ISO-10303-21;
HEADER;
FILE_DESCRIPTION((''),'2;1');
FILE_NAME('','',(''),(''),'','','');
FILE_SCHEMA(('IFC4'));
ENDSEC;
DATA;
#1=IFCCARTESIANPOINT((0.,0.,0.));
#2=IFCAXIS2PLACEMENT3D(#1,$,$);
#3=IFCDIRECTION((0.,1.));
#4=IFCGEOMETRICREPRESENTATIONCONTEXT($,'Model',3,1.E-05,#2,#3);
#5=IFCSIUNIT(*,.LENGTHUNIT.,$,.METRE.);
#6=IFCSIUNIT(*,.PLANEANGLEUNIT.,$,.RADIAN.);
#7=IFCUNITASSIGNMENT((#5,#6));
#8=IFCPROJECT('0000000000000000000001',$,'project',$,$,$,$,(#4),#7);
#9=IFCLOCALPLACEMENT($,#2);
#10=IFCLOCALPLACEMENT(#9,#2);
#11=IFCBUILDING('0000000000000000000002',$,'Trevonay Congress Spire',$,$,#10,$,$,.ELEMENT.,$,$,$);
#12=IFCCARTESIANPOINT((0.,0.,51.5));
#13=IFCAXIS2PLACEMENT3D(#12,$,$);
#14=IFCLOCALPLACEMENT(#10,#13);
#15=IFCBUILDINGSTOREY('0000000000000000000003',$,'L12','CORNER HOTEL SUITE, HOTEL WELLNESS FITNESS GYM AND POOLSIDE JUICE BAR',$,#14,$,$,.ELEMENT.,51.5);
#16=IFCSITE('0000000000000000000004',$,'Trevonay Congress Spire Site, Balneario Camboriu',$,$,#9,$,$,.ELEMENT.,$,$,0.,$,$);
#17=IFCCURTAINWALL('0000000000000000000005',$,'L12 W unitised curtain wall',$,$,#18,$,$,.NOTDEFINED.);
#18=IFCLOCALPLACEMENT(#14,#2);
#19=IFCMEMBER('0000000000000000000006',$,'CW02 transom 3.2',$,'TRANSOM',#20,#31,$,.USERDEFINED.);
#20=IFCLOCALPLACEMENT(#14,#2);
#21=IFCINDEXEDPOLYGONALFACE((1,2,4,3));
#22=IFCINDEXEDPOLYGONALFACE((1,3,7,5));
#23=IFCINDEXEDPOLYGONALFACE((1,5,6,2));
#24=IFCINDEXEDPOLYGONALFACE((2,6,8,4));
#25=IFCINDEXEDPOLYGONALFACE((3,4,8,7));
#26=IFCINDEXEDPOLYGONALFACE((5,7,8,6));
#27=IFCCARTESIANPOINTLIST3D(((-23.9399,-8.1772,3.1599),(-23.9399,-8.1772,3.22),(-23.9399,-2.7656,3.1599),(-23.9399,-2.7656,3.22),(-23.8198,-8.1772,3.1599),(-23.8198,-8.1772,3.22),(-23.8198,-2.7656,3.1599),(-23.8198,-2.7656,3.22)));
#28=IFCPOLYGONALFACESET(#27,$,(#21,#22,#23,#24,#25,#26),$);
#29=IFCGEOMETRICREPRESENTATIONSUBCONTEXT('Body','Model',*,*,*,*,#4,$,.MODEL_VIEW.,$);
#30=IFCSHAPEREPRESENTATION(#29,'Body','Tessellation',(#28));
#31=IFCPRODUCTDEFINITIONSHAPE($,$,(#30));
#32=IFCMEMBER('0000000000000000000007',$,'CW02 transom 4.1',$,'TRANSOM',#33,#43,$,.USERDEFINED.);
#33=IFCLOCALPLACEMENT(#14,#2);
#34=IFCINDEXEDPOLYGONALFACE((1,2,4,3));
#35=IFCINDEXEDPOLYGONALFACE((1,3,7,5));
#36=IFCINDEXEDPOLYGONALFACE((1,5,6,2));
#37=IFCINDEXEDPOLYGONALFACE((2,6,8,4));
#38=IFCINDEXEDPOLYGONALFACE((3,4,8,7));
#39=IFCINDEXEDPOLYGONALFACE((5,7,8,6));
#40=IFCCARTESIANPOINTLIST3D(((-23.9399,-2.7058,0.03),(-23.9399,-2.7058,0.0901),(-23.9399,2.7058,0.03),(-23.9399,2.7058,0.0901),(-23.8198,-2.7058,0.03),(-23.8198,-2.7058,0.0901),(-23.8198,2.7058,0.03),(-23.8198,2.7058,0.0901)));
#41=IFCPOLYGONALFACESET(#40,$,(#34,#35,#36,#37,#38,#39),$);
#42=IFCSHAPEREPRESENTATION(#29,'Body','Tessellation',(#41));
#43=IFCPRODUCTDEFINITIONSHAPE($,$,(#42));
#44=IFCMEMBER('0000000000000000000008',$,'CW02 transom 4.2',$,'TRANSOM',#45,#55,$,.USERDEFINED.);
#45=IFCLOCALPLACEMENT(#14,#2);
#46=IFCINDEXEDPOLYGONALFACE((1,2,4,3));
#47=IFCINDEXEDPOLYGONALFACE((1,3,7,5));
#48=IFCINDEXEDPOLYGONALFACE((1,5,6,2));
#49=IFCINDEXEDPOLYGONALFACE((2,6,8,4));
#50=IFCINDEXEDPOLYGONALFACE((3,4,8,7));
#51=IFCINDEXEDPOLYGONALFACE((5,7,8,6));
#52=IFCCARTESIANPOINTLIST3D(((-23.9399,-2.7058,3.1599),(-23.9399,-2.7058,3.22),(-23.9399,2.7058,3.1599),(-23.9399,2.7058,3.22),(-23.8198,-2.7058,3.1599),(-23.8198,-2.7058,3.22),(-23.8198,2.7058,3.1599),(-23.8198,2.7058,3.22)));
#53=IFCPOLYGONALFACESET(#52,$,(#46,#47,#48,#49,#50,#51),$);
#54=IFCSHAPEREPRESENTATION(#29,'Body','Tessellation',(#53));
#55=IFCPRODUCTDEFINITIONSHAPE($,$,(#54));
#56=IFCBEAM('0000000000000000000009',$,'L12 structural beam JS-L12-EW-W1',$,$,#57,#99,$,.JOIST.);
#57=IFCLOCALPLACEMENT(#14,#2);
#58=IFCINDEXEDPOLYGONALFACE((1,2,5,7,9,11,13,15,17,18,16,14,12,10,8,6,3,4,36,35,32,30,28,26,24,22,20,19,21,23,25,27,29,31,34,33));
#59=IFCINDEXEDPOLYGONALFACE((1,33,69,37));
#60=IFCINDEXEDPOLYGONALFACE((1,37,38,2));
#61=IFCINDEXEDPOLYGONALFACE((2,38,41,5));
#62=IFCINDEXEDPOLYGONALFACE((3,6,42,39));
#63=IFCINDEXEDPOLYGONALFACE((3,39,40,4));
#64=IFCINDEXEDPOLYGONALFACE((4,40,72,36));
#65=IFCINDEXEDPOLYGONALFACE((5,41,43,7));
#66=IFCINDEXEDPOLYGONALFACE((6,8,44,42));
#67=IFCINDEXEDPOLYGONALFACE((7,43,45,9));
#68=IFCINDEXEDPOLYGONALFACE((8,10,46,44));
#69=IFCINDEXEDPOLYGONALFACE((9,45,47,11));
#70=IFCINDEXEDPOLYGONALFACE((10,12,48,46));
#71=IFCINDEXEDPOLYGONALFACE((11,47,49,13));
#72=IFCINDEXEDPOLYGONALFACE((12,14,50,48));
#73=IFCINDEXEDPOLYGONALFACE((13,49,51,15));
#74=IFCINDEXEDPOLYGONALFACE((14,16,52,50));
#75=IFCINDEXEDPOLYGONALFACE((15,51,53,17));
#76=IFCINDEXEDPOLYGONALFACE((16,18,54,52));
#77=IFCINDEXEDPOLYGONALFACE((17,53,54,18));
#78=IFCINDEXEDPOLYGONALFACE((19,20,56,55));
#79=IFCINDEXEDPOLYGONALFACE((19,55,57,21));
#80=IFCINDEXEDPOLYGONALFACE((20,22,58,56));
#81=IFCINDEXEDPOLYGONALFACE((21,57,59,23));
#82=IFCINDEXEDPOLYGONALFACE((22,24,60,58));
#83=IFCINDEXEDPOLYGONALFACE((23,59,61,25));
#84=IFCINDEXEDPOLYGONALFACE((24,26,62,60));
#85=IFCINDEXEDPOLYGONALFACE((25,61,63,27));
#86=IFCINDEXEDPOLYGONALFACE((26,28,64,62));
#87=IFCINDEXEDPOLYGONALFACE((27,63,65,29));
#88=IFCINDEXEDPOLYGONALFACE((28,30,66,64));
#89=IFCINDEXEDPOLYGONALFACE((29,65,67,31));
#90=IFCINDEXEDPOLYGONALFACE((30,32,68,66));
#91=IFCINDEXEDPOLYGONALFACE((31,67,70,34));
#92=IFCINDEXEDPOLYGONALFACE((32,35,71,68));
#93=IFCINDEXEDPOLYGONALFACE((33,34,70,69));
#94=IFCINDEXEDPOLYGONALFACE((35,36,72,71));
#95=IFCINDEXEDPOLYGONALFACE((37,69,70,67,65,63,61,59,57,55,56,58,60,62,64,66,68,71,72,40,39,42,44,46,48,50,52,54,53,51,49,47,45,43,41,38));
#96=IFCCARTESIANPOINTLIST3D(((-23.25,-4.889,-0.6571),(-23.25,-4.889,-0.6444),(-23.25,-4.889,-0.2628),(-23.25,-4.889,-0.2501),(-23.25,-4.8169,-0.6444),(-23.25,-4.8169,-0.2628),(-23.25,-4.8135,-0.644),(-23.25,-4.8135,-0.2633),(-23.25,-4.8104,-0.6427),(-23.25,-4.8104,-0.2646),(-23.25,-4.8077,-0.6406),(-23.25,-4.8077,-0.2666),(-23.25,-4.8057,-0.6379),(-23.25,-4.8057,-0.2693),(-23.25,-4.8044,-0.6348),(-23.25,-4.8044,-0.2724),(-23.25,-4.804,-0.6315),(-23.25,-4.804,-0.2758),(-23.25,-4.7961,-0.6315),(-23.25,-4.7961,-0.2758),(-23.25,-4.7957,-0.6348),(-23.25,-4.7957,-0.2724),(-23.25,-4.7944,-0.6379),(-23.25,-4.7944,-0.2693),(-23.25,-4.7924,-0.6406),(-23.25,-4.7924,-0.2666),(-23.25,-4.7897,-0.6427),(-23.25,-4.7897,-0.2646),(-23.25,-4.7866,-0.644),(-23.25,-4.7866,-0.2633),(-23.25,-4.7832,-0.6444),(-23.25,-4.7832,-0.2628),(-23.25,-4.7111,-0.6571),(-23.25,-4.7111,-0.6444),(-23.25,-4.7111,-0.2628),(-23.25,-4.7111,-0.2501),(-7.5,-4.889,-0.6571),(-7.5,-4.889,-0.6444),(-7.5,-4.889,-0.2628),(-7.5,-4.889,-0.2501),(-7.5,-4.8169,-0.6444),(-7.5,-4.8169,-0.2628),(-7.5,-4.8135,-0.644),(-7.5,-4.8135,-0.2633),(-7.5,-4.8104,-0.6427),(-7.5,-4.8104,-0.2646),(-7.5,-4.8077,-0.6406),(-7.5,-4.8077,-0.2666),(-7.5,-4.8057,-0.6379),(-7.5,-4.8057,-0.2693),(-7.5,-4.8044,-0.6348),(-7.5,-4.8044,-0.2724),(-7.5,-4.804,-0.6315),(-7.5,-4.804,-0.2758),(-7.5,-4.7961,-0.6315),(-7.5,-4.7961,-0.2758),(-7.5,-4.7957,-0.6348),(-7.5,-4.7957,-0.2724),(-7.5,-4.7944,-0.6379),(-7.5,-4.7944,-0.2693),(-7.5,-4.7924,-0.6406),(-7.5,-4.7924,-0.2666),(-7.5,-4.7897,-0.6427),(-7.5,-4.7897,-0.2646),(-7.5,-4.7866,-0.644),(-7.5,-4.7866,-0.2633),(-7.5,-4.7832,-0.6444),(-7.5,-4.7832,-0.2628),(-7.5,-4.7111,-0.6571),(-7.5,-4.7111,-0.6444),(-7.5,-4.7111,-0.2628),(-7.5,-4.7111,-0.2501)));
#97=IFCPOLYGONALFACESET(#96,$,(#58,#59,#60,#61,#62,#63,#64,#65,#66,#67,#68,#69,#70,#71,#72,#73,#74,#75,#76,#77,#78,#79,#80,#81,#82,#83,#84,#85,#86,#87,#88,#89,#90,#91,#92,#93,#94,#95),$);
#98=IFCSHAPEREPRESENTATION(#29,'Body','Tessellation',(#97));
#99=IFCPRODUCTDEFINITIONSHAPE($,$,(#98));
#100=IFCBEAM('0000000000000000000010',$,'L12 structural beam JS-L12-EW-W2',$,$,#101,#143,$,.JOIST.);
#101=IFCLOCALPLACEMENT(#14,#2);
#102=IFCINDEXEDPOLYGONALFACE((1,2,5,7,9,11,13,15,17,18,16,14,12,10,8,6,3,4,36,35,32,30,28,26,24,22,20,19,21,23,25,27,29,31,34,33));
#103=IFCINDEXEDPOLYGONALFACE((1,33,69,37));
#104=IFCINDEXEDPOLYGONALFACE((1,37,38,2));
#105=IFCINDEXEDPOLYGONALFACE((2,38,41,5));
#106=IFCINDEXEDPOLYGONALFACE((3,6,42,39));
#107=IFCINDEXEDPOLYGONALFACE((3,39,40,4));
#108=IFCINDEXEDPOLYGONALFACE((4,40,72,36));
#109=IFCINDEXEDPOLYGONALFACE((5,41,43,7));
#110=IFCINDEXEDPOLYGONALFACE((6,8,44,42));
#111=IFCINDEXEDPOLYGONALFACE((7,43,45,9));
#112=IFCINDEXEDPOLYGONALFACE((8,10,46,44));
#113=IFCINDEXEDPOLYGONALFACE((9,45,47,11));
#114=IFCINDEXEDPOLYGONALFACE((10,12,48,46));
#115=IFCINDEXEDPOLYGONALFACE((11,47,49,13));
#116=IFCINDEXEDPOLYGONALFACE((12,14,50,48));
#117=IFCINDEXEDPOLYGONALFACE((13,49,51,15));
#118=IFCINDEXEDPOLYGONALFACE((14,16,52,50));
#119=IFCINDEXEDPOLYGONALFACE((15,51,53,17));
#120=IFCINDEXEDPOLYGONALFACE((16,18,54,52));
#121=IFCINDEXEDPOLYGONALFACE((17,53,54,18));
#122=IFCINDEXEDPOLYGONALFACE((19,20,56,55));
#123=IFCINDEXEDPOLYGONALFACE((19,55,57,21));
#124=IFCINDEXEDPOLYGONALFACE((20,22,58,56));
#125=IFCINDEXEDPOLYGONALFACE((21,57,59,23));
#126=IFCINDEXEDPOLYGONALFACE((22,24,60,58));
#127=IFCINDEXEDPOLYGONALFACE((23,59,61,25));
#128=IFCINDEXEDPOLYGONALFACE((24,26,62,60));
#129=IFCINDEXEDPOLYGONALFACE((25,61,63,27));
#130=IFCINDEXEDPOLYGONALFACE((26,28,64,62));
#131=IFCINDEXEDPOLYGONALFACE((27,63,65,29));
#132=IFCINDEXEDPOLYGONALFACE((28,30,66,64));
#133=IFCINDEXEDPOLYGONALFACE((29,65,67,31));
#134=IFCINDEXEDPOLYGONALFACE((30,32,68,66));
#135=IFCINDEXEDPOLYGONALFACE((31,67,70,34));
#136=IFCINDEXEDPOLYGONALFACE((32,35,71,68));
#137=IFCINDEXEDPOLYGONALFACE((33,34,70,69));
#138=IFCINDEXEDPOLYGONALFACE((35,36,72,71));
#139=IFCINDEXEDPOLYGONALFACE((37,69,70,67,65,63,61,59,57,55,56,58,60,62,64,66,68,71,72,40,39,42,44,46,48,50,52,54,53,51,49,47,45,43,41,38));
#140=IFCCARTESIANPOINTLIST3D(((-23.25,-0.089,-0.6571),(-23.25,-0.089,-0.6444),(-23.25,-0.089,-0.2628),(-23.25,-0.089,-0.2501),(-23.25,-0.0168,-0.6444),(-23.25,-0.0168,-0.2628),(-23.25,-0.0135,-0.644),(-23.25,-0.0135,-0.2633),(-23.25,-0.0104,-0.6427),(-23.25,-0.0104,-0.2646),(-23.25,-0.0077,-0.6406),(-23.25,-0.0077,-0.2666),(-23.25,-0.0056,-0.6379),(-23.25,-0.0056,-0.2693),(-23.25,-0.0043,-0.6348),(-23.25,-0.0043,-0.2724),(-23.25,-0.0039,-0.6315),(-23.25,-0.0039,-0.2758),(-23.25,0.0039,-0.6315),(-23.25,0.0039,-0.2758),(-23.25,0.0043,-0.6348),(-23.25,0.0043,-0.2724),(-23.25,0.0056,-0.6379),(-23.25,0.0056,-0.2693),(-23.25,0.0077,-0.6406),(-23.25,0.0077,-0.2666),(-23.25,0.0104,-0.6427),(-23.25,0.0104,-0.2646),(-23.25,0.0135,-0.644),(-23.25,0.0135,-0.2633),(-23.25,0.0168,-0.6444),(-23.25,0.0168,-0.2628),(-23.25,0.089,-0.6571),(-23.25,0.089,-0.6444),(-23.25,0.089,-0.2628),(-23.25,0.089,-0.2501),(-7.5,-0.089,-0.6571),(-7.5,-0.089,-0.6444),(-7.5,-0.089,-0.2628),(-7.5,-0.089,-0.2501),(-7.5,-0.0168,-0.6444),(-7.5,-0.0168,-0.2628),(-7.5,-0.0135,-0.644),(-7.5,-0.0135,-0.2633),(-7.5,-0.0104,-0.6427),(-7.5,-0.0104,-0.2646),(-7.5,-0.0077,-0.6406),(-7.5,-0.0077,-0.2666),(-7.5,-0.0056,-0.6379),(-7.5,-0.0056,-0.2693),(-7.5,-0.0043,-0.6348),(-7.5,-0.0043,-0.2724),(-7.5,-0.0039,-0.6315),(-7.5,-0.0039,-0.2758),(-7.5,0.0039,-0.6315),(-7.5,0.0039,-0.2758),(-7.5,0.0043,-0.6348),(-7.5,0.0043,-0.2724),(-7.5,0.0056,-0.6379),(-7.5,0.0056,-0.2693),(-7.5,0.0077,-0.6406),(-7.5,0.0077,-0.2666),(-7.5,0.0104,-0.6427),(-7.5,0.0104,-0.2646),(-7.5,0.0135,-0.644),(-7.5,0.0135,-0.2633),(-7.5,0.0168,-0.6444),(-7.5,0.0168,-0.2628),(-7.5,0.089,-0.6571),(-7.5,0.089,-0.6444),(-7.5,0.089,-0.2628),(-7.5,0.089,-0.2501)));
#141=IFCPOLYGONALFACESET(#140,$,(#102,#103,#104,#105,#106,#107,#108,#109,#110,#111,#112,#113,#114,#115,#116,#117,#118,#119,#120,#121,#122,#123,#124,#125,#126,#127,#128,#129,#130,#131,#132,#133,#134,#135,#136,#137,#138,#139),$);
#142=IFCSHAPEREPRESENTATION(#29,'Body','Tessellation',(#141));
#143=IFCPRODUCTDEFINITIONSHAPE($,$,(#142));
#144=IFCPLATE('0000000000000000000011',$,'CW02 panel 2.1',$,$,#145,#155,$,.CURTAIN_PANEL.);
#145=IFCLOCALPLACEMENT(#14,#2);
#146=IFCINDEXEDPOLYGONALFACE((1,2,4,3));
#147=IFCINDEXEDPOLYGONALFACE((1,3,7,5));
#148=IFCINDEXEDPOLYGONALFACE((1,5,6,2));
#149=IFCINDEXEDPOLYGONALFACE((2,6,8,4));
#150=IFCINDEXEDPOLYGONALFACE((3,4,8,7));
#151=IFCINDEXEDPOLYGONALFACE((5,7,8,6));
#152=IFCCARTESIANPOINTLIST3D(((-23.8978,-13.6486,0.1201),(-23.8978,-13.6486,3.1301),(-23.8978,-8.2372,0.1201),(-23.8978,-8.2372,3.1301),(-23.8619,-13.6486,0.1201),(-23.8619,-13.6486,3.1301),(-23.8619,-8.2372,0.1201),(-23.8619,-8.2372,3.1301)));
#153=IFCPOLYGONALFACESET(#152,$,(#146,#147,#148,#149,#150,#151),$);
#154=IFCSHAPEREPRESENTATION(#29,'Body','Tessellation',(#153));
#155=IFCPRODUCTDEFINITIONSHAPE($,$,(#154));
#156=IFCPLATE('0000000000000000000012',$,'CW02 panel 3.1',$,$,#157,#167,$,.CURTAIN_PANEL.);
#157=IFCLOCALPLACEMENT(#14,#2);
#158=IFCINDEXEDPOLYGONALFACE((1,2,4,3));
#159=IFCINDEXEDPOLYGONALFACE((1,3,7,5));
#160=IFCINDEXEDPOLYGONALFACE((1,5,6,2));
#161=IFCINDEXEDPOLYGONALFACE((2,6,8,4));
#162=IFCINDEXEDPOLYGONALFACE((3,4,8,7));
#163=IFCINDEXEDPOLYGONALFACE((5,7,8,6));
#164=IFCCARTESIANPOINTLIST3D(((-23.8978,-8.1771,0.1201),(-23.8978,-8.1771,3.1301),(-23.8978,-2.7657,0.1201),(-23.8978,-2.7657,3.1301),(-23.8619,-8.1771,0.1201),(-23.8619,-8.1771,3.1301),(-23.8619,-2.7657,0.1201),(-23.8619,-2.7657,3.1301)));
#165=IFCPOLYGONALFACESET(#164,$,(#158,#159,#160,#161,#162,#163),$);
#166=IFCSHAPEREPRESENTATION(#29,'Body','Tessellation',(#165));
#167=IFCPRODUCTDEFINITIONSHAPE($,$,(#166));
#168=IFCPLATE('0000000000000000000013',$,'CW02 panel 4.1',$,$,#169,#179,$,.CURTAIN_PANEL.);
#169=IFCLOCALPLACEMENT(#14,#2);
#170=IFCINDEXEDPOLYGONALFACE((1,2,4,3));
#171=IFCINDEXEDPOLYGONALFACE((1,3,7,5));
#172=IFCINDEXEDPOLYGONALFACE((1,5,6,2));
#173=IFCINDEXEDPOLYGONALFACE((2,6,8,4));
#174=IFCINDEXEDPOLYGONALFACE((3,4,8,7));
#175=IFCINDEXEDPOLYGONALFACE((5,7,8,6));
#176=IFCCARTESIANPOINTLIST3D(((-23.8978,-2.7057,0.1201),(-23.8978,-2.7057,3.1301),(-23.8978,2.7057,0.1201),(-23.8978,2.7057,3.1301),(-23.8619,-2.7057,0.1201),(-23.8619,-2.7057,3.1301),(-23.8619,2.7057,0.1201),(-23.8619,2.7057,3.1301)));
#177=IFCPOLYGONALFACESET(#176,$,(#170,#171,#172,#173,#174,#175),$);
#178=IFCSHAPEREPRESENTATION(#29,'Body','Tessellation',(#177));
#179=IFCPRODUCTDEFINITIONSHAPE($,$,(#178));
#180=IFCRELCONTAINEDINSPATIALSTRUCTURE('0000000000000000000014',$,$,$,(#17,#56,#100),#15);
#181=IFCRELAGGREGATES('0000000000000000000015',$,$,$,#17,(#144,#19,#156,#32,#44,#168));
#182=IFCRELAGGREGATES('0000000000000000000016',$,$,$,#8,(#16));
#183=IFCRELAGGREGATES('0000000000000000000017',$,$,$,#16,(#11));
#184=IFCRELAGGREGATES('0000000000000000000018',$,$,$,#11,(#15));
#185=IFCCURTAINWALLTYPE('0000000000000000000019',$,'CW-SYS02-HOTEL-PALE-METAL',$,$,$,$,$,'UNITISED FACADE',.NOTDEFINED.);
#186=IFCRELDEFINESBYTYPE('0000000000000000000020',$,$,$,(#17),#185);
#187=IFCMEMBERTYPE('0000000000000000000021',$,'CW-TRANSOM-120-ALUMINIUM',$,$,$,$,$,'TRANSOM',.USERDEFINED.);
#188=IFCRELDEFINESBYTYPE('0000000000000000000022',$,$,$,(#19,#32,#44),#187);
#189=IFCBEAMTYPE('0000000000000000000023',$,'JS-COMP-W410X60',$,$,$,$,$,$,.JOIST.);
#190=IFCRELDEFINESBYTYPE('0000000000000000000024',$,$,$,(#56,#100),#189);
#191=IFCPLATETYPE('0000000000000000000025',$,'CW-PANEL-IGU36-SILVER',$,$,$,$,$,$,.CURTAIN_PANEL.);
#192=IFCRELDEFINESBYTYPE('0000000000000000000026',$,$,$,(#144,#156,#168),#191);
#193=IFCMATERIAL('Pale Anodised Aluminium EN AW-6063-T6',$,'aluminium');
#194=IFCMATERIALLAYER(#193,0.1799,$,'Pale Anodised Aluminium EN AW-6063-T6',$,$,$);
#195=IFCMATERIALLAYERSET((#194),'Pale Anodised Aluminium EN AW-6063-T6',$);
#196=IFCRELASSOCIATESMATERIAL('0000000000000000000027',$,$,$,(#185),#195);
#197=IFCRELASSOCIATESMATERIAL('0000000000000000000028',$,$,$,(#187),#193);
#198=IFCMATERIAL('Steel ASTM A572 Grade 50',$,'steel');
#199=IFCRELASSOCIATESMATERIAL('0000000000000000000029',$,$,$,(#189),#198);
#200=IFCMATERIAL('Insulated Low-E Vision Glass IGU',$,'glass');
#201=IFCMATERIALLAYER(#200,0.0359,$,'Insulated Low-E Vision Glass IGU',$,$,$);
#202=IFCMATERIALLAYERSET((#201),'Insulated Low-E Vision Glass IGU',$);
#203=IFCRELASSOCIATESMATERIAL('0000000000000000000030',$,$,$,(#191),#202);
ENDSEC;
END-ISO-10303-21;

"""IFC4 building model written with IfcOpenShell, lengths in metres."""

from ifc_helpers import new_model, si_unit, direction, frame, origin, origin_2d, place, context, subcontext, project, spatial, rectangle, i_section, extrude, material, layer, layer_set, material_profile, profile_set, type_object, element, aggregate, save


model = new_model("IFC4")

# Units and contexts
model_context = context("Model", 3, precision=1e-05, world=origin(), true_north=direction((0.0, 1.0)))
body_context = subcontext(model_context, "Body", "Model", "MODEL_VIEW")
ifc_project = project(units=[si_unit("LENGTHUNIT", "METRE"), si_unit("PLANEANGLEUNIT", "RADIAN")], contexts=[model_context])

# Site, building, storey
site_placement = place(None, origin())
site = spatial("IfcSite", under=ifc_project, at=site_placement, Name="Trevonay Congress Spire Site, Balneario Camboriu", CompositionType="ELEMENT", RefElevation=0.0)
building_placement = place(site_placement, origin())
building = spatial("IfcBuilding", under=site, at=building_placement, Name="Trevonay Congress Spire", CompositionType="ELEMENT")
storey_placement = place(building_placement, frame((0.0, 0.0, 51.5)))
storey = spatial("IfcBuildingStorey", under=building, at=storey_placement, Name="L12", Description="CORNER HOTEL SUITE, HOTEL WELLNESS FITNESS GYM AND POOLSIDE JUICE BAR", CompositionType="ELEMENT", Elevation=51.5)

# Shared definitions
ifc_material_1 = material(Name="Steel ASTM A572 Grade 50", Category="steel")

# Curtain wall, members
ifc_material_2 = material(Name="Pale Anodised Aluminium EN AW-6063-T6", Category="aluminium")
ifc_layer_1 = layer(ifc_material_2, 0.1799, Name="Pale Anodised Aluminium EN AW-6063-T6")
ifc_layer_set_1 = layer_set([ifc_layer_1], Name="Pale Anodised Aluminium EN AW-6063-T6")
curtain_wall_type = type_object("IfcCurtainWallType", Name="CW-SYS02-HOTEL-PALE-METAL", ElementType="UNITISED FACADE", PredefinedType="NOTDEFINED", material=ifc_layer_set_1)
curtain_wall_placement = place(storey_placement, origin())
curtain_wall = element("IfcCurtainWall", 1, at=curtain_wall_placement, inside=storey, type_object=curtain_wall_type, Name="L12 W unitised curtain wall", PredefinedType="NOTDEFINED")
ifc_material_profile_1 = material_profile(ifc_material_2, rectangle(XDim=0.1201, YDim=0.0601, at=origin_2d()), Name="CW-TRANSOM-120-ALUMINIUM")
ifc_profile_set_1 = profile_set([ifc_material_profile_1], Name="Pale Anodised Aluminium EN AW-6063-T6")
member_type_1 = type_object("IfcMemberType", Name="CW-TRANSOM-120-ALUMINIUM", ElementType="TRANSOM", PredefinedType="USERDEFINED", material=ifc_profile_set_1)
member_1_placement = place(storey_placement, frame((-23.8799, -8.1772, 3.1899), z_axis=(0.0, 1.0, 0.0), x_axis=(-1.0, 0.0, 0.0)))
member_1 = element("IfcMember", 2, at=member_1_placement, type_object=member_type_1, Name="CW02 transom 3.2", ObjectType="TRANSOM", PredefinedType="USERDEFINED", context=body_context, shape_type="SweptSolid", body=[
    extrude(rectangle(XDim=0.1201, YDim=0.0601, at=origin_2d()), origin(), (0.0, 0.0, 1.0), 5.4116),
])
member_2_placement = place(storey_placement, frame((-23.8799, -2.7058, 0.0601), z_axis=(0.0, 1.0, 0.0), x_axis=(-1.0, 0.0, 0.0)))
member_2 = element("IfcMember", 3, at=member_2_placement, type_object=member_type_1, Name="CW02 transom 4.1", ObjectType="TRANSOM", PredefinedType="USERDEFINED", context=body_context, shape_type="SweptSolid", body=[
    extrude(rectangle(XDim=0.1201, YDim=0.0601, at=origin_2d()), origin(), (0.0, 0.0, 1.0), 5.4116),
])
member_3_placement = place(storey_placement, frame((-23.8799, -2.7058, 3.1899), z_axis=(0.0, 1.0, 0.0), x_axis=(-1.0, 0.0, 0.0)))
member_3 = element("IfcMember", 4, at=member_3_placement, type_object=member_type_1, Name="CW02 transom 4.2", ObjectType="TRANSOM", PredefinedType="USERDEFINED", context=body_context, shape_type="SweptSolid", body=[
    extrude(rectangle(XDim=0.1201, YDim=0.0601, at=origin_2d()), origin(), (0.0, 0.0, 1.0), 5.4116),
])

# Beams
ifc_material_profile_2 = material_profile(ifc_material_1, i_section(OverallWidth=0.178, OverallDepth=0.407, WebThickness=0.0078, FlangeThickness=0.0127, FilletRadius=0.0129, at=origin_2d()), Name="W410x60")
ifc_profile_set_2 = profile_set([ifc_material_profile_2], Name="Steel ASTM A572 Grade 50")
beam_type_1 = type_object("IfcBeamType", Name="JS-COMP-W410X60", PredefinedType="JOIST", material=ifc_profile_set_2)
for number, where, z_axis, x_axis, name in (
    (5, (-23.25, -4.8, -0.4536), (1.0, 0.0, 0.0), (0.0, 1.0, 0.0), "L12 structural beam JS-L12-EW-W1"),
    (6, (-23.25, 0.0, -0.4536), (1.0, 0.0, 0.0), (0.0, 1.0, 0.0), "L12 structural beam JS-L12-EW-W2"),
):
    element("IfcBeam", number, at=place(storey_placement, frame(where, z_axis=z_axis, x_axis=x_axis)), inside=storey, type_object=beam_type_1, Name=name, PredefinedType="JOIST", context=body_context, shape_type="SweptSolid", body=[
        extrude(i_section(OverallWidth=0.178, OverallDepth=0.407, WebThickness=0.0078, FlangeThickness=0.0127, FilletRadius=0.0129, at=origin_2d()), origin(), (0.0, 0.0, 1.0), 15.75),
    ])

# Plates
ifc_material_3 = material(Name="Insulated Low-E Vision Glass IGU", Category="glass")
ifc_layer_2 = layer(ifc_material_3, 0.0359, Name="Insulated Low-E Vision Glass IGU")
ifc_layer_set_2 = layer_set([ifc_layer_2], Name="Insulated Low-E Vision Glass IGU")
plate_type = type_object("IfcPlateType", Name="CW-PANEL-IGU36-SILVER", PredefinedType="CURTAIN_PANEL", material=ifc_layer_set_2)
plate_1_placement = place(storey_placement, frame((-23.8799, -10.9429, 0.1201), z_axis=(0.0, 0.0, 1.0), x_axis=(0.0, 1.0, 0.0)))
plate_1 = element("IfcPlate", 7, at=plate_1_placement, type_object=plate_type, Name="CW02 panel 2.1", PredefinedType="CURTAIN_PANEL", context=body_context, shape_type="SweptSolid", body=[
    extrude(rectangle(XDim=5.4114, YDim=0.0359, at=origin_2d()), origin(), (0.0, 0.0, 1.0), 3.01),
])
plate_2_placement = place(storey_placement, frame((-23.8799, -5.4714, 0.1201), z_axis=(0.0, 0.0, 1.0), x_axis=(0.0, 1.0, 0.0)))
plate_2 = element("IfcPlate", 8, at=plate_2_placement, type_object=plate_type, Name="CW02 panel 3.1", PredefinedType="CURTAIN_PANEL", context=body_context, shape_type="SweptSolid", body=[
    extrude(rectangle(XDim=5.4114, YDim=0.0359, at=origin_2d()), origin(), (0.0, 0.0, 1.0), 3.01),
])
plate_3_placement = place(storey_placement, frame((-23.8799, 0.0, 0.1201), z_axis=(0.0, 0.0, 1.0), x_axis=(0.0, 1.0, 0.0)))
plate_3 = element("IfcPlate", 9, at=plate_3_placement, type_object=plate_type, Name="CW02 panel 4.1", PredefinedType="CURTAIN_PANEL", context=body_context, shape_type="SweptSolid", body=[
    extrude(rectangle(XDim=5.4114, YDim=0.0359, at=origin_2d()), origin(), (0.0, 0.0, 1.0), 3.01),
])
aggregate(curtain_wall, [plate_1, member_1, plate_2, member_2, member_3, plate_3])

save(model, "model.ifc")
